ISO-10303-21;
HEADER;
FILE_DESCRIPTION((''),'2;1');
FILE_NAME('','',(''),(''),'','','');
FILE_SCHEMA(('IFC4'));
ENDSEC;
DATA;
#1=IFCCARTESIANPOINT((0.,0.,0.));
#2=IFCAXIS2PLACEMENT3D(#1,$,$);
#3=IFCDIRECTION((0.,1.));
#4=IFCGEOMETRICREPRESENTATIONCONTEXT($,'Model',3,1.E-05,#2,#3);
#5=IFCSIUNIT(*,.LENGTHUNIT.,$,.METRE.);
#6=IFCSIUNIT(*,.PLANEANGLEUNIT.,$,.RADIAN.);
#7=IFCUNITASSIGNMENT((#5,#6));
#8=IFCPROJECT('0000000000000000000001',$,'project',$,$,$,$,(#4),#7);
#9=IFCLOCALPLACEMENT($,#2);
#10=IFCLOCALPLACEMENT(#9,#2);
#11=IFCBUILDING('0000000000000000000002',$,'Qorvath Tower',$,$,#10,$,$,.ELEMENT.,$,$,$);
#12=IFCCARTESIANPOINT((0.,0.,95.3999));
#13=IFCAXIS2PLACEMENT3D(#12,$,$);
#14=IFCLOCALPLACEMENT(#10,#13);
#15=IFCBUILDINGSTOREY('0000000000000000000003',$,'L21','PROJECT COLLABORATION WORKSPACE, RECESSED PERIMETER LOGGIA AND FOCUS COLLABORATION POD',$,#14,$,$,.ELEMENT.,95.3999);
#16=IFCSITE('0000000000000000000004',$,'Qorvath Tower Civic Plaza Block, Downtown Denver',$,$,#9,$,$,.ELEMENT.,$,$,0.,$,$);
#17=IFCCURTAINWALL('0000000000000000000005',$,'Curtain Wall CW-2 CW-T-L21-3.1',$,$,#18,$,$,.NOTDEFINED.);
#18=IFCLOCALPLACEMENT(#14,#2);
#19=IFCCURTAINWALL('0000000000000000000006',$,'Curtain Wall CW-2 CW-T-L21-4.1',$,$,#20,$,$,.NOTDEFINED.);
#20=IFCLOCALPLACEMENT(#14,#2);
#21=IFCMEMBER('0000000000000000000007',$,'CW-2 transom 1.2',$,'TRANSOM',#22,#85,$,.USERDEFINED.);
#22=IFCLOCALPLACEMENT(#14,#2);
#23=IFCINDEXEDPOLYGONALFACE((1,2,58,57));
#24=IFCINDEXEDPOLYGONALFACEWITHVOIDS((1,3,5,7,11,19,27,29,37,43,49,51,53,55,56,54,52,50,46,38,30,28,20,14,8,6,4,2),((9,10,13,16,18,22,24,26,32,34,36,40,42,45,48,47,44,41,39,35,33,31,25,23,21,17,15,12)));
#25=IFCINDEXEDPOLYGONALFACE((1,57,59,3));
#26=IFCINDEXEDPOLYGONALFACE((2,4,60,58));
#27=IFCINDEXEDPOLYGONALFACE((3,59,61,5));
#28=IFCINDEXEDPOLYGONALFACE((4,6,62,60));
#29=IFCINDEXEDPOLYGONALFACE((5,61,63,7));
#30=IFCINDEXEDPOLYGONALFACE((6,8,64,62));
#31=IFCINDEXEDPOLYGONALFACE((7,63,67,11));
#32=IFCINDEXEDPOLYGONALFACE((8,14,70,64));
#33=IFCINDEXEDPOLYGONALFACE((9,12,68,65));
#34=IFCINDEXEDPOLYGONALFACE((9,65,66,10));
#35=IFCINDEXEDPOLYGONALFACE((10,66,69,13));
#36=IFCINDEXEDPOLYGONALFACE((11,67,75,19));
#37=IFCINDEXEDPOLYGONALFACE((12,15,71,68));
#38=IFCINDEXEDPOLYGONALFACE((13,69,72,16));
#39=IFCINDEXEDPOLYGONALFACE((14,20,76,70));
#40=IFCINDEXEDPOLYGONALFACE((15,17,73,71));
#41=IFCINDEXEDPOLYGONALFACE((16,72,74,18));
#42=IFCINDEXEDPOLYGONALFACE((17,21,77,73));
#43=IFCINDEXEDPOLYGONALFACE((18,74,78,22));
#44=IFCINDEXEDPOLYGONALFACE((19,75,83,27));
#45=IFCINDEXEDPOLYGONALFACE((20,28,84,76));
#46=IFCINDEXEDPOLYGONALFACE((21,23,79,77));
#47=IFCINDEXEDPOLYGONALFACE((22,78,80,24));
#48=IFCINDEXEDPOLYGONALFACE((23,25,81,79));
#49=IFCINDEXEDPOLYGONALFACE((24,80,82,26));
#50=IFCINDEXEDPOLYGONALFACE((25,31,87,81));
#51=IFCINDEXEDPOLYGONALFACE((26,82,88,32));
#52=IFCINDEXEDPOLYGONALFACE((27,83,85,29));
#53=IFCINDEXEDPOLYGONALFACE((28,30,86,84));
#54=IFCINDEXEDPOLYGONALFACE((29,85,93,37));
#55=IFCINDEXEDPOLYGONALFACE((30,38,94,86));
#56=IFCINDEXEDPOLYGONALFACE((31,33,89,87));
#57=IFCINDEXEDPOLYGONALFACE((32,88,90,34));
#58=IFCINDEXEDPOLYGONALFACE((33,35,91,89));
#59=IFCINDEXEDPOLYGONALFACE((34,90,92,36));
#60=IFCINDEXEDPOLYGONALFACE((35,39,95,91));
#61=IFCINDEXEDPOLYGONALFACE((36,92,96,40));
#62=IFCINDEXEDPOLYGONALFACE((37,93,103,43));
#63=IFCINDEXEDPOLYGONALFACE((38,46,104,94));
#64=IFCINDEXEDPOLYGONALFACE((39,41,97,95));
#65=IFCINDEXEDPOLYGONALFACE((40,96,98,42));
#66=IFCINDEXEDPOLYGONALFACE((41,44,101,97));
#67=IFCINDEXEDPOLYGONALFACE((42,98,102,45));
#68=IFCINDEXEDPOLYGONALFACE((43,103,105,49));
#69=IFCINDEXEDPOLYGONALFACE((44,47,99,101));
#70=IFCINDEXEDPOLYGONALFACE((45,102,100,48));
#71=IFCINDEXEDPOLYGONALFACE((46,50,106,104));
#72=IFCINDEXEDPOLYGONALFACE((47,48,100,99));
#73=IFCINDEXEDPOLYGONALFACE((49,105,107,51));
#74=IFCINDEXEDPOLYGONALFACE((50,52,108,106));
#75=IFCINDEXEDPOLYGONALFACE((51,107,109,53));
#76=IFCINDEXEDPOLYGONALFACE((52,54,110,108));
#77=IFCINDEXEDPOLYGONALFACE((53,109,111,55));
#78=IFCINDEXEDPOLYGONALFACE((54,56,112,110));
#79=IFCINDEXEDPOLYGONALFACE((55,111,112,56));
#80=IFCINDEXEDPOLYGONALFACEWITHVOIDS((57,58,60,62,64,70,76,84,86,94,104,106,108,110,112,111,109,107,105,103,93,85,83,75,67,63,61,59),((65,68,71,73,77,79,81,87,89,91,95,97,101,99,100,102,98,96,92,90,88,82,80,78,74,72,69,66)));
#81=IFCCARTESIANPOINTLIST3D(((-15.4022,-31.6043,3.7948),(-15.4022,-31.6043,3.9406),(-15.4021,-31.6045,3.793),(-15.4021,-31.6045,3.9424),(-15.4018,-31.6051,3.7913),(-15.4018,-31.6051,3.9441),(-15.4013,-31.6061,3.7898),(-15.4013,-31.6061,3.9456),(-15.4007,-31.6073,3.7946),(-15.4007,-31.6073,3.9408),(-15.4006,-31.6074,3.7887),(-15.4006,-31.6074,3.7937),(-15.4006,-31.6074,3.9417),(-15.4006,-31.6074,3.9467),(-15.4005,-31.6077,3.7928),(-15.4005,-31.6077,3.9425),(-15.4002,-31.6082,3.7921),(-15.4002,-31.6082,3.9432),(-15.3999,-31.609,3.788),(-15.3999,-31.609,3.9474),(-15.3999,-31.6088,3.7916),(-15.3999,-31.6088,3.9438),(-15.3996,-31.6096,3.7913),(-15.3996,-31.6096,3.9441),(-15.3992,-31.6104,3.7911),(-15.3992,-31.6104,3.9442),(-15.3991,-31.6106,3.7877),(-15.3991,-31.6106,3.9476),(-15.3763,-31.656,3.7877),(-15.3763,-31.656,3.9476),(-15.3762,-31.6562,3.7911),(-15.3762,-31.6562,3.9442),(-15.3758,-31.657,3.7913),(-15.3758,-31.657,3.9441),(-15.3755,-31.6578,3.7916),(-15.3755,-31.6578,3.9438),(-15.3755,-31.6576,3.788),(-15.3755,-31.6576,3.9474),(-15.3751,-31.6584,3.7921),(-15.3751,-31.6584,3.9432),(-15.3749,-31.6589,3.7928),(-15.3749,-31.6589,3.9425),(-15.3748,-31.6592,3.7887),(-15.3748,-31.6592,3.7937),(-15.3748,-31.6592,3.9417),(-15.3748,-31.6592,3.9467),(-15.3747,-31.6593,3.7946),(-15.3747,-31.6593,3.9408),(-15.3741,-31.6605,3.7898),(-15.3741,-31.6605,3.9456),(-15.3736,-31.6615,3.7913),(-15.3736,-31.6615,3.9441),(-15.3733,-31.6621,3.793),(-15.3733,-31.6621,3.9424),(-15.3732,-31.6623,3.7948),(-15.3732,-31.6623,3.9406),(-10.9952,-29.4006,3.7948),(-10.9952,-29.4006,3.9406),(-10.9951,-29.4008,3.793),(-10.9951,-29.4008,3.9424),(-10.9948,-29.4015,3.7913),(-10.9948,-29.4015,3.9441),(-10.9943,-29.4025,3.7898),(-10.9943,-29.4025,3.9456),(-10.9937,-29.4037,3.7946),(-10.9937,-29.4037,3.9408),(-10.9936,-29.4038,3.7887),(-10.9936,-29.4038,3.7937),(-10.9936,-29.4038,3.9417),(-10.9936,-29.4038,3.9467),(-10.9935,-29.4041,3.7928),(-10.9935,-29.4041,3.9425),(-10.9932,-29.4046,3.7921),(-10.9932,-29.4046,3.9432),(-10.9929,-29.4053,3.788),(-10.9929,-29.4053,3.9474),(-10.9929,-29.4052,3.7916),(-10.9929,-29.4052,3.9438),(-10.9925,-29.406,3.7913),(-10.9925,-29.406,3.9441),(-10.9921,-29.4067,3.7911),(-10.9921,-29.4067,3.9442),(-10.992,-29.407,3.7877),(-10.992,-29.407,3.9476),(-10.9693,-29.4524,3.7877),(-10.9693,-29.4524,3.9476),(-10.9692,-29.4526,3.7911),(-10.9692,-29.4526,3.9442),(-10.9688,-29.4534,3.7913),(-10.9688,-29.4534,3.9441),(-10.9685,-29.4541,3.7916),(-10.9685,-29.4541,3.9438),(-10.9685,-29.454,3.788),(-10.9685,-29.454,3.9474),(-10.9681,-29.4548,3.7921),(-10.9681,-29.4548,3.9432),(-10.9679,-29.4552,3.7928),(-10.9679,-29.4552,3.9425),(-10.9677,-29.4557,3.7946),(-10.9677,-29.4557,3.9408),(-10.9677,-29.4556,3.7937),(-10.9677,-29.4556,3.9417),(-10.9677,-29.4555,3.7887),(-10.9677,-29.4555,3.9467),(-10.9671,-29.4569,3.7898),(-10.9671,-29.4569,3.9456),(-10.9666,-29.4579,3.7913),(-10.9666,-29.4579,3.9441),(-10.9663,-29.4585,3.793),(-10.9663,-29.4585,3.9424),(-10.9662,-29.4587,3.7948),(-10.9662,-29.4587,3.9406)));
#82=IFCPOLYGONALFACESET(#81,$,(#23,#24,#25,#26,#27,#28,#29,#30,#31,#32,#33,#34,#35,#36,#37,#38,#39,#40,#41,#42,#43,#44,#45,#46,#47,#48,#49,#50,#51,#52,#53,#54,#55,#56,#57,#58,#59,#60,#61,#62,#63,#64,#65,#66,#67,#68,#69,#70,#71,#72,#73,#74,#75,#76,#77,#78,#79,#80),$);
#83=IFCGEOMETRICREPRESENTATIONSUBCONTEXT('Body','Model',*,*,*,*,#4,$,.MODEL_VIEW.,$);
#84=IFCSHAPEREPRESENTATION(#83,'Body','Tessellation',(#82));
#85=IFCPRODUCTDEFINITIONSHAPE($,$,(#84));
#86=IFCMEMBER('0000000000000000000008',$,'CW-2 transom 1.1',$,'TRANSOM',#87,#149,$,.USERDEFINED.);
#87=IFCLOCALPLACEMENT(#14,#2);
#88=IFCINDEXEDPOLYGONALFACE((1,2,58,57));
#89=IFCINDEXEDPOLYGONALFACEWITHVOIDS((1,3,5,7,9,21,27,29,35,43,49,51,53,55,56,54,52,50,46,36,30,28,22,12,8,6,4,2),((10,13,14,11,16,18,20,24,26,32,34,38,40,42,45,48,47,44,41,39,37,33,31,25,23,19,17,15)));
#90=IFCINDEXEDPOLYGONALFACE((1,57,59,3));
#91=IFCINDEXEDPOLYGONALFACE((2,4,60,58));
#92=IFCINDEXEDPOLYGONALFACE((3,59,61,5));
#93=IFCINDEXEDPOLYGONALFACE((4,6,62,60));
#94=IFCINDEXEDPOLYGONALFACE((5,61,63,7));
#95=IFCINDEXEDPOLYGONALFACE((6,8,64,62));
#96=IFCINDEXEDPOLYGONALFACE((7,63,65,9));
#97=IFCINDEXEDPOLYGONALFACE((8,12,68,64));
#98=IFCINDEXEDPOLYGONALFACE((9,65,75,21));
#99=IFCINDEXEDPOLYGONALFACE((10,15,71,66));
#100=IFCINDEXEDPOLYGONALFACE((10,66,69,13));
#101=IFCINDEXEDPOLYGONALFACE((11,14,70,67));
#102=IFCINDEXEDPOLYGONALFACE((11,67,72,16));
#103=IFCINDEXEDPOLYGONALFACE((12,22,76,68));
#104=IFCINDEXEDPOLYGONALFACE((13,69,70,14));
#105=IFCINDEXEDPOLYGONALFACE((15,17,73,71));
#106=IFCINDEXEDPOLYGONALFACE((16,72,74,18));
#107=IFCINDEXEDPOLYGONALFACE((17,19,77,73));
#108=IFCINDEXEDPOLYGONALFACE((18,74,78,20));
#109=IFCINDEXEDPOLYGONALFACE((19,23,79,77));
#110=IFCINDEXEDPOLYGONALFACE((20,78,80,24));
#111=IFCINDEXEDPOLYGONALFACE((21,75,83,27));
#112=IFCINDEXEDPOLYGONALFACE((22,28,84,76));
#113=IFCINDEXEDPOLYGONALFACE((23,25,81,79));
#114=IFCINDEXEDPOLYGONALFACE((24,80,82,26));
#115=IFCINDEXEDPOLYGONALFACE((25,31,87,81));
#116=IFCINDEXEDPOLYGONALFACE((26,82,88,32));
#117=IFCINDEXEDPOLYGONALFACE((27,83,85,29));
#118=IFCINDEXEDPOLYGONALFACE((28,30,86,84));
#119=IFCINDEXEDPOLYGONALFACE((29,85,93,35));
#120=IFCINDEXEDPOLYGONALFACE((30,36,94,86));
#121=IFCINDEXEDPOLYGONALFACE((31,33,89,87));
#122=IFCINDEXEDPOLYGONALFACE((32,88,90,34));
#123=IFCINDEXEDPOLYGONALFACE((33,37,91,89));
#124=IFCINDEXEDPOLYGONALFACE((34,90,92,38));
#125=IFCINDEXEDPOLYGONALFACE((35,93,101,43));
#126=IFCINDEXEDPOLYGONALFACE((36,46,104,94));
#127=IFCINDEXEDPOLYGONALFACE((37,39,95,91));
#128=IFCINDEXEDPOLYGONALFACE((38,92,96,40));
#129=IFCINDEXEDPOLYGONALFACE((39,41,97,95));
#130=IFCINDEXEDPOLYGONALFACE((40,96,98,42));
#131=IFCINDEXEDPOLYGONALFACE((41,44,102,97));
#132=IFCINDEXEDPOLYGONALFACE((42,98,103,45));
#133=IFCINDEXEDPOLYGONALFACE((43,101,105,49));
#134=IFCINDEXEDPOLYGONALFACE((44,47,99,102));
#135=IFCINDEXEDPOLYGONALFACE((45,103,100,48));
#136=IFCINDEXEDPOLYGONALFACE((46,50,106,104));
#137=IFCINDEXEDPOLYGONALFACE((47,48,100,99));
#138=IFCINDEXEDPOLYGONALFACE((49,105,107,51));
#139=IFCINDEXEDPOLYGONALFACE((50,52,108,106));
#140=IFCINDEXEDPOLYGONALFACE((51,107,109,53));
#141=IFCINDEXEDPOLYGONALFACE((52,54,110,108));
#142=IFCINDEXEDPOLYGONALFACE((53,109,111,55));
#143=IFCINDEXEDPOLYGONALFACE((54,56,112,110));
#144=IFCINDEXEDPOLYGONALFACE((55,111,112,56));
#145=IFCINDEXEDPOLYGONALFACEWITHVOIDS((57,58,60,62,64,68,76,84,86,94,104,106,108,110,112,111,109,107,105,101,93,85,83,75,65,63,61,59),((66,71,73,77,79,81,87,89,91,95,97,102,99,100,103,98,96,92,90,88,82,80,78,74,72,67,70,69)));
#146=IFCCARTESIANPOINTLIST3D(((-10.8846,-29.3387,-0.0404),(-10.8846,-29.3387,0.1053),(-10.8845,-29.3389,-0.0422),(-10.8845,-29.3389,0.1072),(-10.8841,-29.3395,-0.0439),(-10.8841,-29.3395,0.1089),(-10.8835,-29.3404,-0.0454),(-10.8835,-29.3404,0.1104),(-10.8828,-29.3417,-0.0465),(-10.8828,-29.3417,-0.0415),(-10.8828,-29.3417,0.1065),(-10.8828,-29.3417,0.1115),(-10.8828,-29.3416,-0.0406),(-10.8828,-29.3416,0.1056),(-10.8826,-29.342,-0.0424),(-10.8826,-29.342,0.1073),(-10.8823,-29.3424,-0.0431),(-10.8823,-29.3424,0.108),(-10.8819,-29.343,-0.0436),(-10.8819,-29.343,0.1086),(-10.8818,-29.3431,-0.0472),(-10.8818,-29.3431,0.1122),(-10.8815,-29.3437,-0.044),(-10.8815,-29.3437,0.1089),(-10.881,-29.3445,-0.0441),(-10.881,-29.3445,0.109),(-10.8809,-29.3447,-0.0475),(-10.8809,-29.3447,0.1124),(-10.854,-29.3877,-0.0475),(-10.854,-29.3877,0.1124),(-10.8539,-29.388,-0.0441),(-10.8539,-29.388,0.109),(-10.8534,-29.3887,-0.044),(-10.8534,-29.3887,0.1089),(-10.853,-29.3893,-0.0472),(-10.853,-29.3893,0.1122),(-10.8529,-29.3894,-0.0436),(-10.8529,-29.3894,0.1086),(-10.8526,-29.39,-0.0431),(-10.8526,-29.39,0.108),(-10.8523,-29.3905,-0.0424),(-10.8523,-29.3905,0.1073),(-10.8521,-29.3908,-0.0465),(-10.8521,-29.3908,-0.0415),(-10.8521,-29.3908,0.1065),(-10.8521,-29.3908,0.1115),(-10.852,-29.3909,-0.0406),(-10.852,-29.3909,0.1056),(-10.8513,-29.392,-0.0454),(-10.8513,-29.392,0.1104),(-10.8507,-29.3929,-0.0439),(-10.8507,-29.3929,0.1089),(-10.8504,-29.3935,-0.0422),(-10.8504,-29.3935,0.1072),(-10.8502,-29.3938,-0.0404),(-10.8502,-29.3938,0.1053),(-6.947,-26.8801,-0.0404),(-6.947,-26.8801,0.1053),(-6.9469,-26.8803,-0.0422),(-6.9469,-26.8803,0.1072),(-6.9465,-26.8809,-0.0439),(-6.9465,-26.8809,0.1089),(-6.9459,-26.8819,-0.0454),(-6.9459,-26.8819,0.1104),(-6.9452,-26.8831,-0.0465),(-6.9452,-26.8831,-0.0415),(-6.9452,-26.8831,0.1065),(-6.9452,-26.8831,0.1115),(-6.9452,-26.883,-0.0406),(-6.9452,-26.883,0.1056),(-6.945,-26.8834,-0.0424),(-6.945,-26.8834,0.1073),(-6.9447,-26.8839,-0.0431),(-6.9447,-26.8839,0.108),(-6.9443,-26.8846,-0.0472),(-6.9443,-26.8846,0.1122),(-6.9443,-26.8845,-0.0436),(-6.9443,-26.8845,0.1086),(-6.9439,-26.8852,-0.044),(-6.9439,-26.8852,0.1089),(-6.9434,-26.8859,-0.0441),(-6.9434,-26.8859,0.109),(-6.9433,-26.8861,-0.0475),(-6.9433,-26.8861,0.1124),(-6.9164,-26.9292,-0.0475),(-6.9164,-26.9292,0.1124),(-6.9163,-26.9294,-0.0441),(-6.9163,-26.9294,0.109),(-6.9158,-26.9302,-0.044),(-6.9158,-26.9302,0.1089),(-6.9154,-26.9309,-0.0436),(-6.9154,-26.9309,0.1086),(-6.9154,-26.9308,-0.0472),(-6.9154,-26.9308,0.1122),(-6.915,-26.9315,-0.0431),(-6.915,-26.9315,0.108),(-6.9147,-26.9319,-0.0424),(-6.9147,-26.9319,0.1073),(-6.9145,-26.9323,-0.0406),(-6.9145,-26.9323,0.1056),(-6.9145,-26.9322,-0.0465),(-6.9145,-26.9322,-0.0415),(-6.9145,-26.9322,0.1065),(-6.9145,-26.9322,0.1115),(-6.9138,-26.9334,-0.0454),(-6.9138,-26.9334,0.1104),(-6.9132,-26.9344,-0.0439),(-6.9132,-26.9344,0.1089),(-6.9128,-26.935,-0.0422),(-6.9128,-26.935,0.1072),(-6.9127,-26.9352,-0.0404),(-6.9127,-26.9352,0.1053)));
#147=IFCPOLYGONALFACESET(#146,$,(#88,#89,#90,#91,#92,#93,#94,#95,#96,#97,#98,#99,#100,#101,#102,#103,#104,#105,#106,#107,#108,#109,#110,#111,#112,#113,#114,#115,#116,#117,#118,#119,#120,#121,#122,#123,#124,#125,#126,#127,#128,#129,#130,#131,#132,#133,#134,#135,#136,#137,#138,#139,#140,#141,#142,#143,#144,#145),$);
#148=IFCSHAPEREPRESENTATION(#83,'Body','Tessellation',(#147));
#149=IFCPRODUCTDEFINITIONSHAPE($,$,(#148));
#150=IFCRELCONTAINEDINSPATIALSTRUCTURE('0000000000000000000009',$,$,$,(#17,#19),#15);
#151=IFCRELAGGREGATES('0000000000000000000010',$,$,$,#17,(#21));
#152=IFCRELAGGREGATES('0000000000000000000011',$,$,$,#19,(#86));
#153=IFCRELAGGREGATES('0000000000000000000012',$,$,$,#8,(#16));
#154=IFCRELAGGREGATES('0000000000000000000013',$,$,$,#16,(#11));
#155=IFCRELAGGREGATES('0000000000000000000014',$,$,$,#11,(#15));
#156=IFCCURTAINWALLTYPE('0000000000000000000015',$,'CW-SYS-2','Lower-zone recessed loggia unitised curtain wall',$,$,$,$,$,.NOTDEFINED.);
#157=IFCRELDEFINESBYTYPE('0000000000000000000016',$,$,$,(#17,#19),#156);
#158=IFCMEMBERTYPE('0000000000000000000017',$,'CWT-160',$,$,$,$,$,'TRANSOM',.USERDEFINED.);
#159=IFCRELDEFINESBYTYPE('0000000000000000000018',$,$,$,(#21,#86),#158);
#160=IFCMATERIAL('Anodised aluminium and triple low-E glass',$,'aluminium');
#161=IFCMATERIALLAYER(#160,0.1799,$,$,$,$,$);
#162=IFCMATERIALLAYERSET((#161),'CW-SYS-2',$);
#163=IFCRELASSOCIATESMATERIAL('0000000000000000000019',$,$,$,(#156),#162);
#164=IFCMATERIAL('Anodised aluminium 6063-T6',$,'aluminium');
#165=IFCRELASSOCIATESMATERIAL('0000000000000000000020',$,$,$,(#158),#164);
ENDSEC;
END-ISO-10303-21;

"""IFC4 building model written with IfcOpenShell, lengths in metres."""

from ifc_helpers import new_model, si_unit, direction, frame, origin, origin_2d, place, context, subcontext, project, spatial, hollow_rectangle, extrude, material, layer, layer_set, material_profile, profile_set, type_object, element, aggregate, save


model = new_model("IFC4")

# Units and contexts
model_context = context("Model", 3, precision=1e-05, world=origin(), true_north=direction((0.0, 1.0)))
body_context = subcontext(model_context, "Body", "Model", "MODEL_VIEW")
ifc_project = project(units=[si_unit("LENGTHUNIT", "METRE"), si_unit("PLANEANGLEUNIT", "RADIAN")], contexts=[model_context])

# Site, building, storey
site_placement = place(None, origin())
site = spatial("IfcSite", under=ifc_project, at=site_placement, Name="Qorvath Tower Civic Plaza Block, Downtown Denver", CompositionType="ELEMENT", RefElevation=0.0)
building_placement = place(site_placement, origin())
building = spatial("IfcBuilding", under=site, at=building_placement, Name="Qorvath Tower", CompositionType="ELEMENT")
storey_placement = place(building_placement, frame((0.0, 0.0, 95.3999)))
storey = spatial("IfcBuildingStorey", under=building, at=storey_placement, Name="L21", Description="PROJECT COLLABORATION WORKSPACE, RECESSED PERIMETER LOGGIA AND FOCUS COLLABORATION POD", CompositionType="ELEMENT", Elevation=95.3999)

# Shared definitions
ifc_material_1 = material(Name="Anodised aluminium and triple low-E glass", Category="aluminium")
ifc_layer_1 = layer(ifc_material_1, 0.1799)
ifc_layer_set_1 = layer_set([ifc_layer_1], Name="CW-SYS-2")
curtain_wall_type = type_object("IfcCurtainWallType", Name="CW-SYS-2", Description="Lower-zone recessed loggia unitised curtain wall", PredefinedType="NOTDEFINED", material=ifc_layer_set_1)

# Curtain wall
curtain_wall_1_placement = place(storey_placement, origin())
curtain_wall_1 = element("IfcCurtainWall", 1, at=curtain_wall_1_placement, inside=storey, type_object=curtain_wall_type, Name="Curtain Wall CW-2 CW-T-L21-3.1", PredefinedType="NOTDEFINED")

# Curtain wall
curtain_wall_2_placement = place(storey_placement, origin())
curtain_wall_2 = element("IfcCurtainWall", 2, at=curtain_wall_2_placement, inside=storey, type_object=curtain_wall_type, Name="Curtain Wall CW-2 CW-T-L21-4.1", PredefinedType="NOTDEFINED")

# Members
ifc_material_2 = material(Name="Anodised aluminium 6063-T6", Category="aluminium")
ifc_material_profile_1 = material_profile(ifc_material_2, hollow_rectangle(XDim=0.0649, YDim=0.1599, WallThickness=0.0034, InnerFilletRadius=0.0034, OuterFilletRadius=0.0071, at=origin_2d()), Name="CWT 160x65")
ifc_profile_set_1 = profile_set([ifc_material_profile_1], Name="Anodised aluminium 6063-T6")
member_type_1 = type_object("IfcMemberType", Name="CWT-160", ElementType="TRANSOM", PredefinedType="USERDEFINED", material=ifc_profile_set_1)
member_1_placement = place(storey_placement, frame((-15.3877, -31.6333, 3.8677), z_axis=(0.894417, 0.447233, 0.0), x_axis=(-0.447233, 0.894417, 0.0)))
member_1 = element("IfcMember", 3, at=member_1_placement, type_object=member_type_1, Name="CW-2 transom 1.2", ObjectType="TRANSOM", PredefinedType="USERDEFINED", context=body_context, shape_type="SweptSolid", body=[
    extrude(hollow_rectangle(XDim=0.0649, YDim=0.1599, WallThickness=0.0034, InnerFilletRadius=0.0034, OuterFilletRadius=0.0071, at=origin_2d()), origin(), (0.0, 0.0, 1.0), 4.9272),
])
member_2_placement = place(storey_placement, frame((-10.8674, -29.3662, 0.0325), z_axis=(0.848235, 0.529621, 0.0), x_axis=(-0.529621, 0.848235, 0.0)))
member_2 = element("IfcMember", 4, at=member_2_placement, type_object=member_type_1, Name="CW-2 transom 1.1", ObjectType="TRANSOM", PredefinedType="USERDEFINED", context=body_context, shape_type="SweptSolid", body=[
    extrude(hollow_rectangle(XDim=0.0649, YDim=0.1599, WallThickness=0.0034, InnerFilletRadius=0.0034, OuterFilletRadius=0.0071, at=origin_2d()), origin(), (0.0, 0.0, 1.0), 4.6421),
])

aggregate(curtain_wall_1, [member_1])
aggregate(curtain_wall_2, [member_2])

save(model, "model.ifc")
